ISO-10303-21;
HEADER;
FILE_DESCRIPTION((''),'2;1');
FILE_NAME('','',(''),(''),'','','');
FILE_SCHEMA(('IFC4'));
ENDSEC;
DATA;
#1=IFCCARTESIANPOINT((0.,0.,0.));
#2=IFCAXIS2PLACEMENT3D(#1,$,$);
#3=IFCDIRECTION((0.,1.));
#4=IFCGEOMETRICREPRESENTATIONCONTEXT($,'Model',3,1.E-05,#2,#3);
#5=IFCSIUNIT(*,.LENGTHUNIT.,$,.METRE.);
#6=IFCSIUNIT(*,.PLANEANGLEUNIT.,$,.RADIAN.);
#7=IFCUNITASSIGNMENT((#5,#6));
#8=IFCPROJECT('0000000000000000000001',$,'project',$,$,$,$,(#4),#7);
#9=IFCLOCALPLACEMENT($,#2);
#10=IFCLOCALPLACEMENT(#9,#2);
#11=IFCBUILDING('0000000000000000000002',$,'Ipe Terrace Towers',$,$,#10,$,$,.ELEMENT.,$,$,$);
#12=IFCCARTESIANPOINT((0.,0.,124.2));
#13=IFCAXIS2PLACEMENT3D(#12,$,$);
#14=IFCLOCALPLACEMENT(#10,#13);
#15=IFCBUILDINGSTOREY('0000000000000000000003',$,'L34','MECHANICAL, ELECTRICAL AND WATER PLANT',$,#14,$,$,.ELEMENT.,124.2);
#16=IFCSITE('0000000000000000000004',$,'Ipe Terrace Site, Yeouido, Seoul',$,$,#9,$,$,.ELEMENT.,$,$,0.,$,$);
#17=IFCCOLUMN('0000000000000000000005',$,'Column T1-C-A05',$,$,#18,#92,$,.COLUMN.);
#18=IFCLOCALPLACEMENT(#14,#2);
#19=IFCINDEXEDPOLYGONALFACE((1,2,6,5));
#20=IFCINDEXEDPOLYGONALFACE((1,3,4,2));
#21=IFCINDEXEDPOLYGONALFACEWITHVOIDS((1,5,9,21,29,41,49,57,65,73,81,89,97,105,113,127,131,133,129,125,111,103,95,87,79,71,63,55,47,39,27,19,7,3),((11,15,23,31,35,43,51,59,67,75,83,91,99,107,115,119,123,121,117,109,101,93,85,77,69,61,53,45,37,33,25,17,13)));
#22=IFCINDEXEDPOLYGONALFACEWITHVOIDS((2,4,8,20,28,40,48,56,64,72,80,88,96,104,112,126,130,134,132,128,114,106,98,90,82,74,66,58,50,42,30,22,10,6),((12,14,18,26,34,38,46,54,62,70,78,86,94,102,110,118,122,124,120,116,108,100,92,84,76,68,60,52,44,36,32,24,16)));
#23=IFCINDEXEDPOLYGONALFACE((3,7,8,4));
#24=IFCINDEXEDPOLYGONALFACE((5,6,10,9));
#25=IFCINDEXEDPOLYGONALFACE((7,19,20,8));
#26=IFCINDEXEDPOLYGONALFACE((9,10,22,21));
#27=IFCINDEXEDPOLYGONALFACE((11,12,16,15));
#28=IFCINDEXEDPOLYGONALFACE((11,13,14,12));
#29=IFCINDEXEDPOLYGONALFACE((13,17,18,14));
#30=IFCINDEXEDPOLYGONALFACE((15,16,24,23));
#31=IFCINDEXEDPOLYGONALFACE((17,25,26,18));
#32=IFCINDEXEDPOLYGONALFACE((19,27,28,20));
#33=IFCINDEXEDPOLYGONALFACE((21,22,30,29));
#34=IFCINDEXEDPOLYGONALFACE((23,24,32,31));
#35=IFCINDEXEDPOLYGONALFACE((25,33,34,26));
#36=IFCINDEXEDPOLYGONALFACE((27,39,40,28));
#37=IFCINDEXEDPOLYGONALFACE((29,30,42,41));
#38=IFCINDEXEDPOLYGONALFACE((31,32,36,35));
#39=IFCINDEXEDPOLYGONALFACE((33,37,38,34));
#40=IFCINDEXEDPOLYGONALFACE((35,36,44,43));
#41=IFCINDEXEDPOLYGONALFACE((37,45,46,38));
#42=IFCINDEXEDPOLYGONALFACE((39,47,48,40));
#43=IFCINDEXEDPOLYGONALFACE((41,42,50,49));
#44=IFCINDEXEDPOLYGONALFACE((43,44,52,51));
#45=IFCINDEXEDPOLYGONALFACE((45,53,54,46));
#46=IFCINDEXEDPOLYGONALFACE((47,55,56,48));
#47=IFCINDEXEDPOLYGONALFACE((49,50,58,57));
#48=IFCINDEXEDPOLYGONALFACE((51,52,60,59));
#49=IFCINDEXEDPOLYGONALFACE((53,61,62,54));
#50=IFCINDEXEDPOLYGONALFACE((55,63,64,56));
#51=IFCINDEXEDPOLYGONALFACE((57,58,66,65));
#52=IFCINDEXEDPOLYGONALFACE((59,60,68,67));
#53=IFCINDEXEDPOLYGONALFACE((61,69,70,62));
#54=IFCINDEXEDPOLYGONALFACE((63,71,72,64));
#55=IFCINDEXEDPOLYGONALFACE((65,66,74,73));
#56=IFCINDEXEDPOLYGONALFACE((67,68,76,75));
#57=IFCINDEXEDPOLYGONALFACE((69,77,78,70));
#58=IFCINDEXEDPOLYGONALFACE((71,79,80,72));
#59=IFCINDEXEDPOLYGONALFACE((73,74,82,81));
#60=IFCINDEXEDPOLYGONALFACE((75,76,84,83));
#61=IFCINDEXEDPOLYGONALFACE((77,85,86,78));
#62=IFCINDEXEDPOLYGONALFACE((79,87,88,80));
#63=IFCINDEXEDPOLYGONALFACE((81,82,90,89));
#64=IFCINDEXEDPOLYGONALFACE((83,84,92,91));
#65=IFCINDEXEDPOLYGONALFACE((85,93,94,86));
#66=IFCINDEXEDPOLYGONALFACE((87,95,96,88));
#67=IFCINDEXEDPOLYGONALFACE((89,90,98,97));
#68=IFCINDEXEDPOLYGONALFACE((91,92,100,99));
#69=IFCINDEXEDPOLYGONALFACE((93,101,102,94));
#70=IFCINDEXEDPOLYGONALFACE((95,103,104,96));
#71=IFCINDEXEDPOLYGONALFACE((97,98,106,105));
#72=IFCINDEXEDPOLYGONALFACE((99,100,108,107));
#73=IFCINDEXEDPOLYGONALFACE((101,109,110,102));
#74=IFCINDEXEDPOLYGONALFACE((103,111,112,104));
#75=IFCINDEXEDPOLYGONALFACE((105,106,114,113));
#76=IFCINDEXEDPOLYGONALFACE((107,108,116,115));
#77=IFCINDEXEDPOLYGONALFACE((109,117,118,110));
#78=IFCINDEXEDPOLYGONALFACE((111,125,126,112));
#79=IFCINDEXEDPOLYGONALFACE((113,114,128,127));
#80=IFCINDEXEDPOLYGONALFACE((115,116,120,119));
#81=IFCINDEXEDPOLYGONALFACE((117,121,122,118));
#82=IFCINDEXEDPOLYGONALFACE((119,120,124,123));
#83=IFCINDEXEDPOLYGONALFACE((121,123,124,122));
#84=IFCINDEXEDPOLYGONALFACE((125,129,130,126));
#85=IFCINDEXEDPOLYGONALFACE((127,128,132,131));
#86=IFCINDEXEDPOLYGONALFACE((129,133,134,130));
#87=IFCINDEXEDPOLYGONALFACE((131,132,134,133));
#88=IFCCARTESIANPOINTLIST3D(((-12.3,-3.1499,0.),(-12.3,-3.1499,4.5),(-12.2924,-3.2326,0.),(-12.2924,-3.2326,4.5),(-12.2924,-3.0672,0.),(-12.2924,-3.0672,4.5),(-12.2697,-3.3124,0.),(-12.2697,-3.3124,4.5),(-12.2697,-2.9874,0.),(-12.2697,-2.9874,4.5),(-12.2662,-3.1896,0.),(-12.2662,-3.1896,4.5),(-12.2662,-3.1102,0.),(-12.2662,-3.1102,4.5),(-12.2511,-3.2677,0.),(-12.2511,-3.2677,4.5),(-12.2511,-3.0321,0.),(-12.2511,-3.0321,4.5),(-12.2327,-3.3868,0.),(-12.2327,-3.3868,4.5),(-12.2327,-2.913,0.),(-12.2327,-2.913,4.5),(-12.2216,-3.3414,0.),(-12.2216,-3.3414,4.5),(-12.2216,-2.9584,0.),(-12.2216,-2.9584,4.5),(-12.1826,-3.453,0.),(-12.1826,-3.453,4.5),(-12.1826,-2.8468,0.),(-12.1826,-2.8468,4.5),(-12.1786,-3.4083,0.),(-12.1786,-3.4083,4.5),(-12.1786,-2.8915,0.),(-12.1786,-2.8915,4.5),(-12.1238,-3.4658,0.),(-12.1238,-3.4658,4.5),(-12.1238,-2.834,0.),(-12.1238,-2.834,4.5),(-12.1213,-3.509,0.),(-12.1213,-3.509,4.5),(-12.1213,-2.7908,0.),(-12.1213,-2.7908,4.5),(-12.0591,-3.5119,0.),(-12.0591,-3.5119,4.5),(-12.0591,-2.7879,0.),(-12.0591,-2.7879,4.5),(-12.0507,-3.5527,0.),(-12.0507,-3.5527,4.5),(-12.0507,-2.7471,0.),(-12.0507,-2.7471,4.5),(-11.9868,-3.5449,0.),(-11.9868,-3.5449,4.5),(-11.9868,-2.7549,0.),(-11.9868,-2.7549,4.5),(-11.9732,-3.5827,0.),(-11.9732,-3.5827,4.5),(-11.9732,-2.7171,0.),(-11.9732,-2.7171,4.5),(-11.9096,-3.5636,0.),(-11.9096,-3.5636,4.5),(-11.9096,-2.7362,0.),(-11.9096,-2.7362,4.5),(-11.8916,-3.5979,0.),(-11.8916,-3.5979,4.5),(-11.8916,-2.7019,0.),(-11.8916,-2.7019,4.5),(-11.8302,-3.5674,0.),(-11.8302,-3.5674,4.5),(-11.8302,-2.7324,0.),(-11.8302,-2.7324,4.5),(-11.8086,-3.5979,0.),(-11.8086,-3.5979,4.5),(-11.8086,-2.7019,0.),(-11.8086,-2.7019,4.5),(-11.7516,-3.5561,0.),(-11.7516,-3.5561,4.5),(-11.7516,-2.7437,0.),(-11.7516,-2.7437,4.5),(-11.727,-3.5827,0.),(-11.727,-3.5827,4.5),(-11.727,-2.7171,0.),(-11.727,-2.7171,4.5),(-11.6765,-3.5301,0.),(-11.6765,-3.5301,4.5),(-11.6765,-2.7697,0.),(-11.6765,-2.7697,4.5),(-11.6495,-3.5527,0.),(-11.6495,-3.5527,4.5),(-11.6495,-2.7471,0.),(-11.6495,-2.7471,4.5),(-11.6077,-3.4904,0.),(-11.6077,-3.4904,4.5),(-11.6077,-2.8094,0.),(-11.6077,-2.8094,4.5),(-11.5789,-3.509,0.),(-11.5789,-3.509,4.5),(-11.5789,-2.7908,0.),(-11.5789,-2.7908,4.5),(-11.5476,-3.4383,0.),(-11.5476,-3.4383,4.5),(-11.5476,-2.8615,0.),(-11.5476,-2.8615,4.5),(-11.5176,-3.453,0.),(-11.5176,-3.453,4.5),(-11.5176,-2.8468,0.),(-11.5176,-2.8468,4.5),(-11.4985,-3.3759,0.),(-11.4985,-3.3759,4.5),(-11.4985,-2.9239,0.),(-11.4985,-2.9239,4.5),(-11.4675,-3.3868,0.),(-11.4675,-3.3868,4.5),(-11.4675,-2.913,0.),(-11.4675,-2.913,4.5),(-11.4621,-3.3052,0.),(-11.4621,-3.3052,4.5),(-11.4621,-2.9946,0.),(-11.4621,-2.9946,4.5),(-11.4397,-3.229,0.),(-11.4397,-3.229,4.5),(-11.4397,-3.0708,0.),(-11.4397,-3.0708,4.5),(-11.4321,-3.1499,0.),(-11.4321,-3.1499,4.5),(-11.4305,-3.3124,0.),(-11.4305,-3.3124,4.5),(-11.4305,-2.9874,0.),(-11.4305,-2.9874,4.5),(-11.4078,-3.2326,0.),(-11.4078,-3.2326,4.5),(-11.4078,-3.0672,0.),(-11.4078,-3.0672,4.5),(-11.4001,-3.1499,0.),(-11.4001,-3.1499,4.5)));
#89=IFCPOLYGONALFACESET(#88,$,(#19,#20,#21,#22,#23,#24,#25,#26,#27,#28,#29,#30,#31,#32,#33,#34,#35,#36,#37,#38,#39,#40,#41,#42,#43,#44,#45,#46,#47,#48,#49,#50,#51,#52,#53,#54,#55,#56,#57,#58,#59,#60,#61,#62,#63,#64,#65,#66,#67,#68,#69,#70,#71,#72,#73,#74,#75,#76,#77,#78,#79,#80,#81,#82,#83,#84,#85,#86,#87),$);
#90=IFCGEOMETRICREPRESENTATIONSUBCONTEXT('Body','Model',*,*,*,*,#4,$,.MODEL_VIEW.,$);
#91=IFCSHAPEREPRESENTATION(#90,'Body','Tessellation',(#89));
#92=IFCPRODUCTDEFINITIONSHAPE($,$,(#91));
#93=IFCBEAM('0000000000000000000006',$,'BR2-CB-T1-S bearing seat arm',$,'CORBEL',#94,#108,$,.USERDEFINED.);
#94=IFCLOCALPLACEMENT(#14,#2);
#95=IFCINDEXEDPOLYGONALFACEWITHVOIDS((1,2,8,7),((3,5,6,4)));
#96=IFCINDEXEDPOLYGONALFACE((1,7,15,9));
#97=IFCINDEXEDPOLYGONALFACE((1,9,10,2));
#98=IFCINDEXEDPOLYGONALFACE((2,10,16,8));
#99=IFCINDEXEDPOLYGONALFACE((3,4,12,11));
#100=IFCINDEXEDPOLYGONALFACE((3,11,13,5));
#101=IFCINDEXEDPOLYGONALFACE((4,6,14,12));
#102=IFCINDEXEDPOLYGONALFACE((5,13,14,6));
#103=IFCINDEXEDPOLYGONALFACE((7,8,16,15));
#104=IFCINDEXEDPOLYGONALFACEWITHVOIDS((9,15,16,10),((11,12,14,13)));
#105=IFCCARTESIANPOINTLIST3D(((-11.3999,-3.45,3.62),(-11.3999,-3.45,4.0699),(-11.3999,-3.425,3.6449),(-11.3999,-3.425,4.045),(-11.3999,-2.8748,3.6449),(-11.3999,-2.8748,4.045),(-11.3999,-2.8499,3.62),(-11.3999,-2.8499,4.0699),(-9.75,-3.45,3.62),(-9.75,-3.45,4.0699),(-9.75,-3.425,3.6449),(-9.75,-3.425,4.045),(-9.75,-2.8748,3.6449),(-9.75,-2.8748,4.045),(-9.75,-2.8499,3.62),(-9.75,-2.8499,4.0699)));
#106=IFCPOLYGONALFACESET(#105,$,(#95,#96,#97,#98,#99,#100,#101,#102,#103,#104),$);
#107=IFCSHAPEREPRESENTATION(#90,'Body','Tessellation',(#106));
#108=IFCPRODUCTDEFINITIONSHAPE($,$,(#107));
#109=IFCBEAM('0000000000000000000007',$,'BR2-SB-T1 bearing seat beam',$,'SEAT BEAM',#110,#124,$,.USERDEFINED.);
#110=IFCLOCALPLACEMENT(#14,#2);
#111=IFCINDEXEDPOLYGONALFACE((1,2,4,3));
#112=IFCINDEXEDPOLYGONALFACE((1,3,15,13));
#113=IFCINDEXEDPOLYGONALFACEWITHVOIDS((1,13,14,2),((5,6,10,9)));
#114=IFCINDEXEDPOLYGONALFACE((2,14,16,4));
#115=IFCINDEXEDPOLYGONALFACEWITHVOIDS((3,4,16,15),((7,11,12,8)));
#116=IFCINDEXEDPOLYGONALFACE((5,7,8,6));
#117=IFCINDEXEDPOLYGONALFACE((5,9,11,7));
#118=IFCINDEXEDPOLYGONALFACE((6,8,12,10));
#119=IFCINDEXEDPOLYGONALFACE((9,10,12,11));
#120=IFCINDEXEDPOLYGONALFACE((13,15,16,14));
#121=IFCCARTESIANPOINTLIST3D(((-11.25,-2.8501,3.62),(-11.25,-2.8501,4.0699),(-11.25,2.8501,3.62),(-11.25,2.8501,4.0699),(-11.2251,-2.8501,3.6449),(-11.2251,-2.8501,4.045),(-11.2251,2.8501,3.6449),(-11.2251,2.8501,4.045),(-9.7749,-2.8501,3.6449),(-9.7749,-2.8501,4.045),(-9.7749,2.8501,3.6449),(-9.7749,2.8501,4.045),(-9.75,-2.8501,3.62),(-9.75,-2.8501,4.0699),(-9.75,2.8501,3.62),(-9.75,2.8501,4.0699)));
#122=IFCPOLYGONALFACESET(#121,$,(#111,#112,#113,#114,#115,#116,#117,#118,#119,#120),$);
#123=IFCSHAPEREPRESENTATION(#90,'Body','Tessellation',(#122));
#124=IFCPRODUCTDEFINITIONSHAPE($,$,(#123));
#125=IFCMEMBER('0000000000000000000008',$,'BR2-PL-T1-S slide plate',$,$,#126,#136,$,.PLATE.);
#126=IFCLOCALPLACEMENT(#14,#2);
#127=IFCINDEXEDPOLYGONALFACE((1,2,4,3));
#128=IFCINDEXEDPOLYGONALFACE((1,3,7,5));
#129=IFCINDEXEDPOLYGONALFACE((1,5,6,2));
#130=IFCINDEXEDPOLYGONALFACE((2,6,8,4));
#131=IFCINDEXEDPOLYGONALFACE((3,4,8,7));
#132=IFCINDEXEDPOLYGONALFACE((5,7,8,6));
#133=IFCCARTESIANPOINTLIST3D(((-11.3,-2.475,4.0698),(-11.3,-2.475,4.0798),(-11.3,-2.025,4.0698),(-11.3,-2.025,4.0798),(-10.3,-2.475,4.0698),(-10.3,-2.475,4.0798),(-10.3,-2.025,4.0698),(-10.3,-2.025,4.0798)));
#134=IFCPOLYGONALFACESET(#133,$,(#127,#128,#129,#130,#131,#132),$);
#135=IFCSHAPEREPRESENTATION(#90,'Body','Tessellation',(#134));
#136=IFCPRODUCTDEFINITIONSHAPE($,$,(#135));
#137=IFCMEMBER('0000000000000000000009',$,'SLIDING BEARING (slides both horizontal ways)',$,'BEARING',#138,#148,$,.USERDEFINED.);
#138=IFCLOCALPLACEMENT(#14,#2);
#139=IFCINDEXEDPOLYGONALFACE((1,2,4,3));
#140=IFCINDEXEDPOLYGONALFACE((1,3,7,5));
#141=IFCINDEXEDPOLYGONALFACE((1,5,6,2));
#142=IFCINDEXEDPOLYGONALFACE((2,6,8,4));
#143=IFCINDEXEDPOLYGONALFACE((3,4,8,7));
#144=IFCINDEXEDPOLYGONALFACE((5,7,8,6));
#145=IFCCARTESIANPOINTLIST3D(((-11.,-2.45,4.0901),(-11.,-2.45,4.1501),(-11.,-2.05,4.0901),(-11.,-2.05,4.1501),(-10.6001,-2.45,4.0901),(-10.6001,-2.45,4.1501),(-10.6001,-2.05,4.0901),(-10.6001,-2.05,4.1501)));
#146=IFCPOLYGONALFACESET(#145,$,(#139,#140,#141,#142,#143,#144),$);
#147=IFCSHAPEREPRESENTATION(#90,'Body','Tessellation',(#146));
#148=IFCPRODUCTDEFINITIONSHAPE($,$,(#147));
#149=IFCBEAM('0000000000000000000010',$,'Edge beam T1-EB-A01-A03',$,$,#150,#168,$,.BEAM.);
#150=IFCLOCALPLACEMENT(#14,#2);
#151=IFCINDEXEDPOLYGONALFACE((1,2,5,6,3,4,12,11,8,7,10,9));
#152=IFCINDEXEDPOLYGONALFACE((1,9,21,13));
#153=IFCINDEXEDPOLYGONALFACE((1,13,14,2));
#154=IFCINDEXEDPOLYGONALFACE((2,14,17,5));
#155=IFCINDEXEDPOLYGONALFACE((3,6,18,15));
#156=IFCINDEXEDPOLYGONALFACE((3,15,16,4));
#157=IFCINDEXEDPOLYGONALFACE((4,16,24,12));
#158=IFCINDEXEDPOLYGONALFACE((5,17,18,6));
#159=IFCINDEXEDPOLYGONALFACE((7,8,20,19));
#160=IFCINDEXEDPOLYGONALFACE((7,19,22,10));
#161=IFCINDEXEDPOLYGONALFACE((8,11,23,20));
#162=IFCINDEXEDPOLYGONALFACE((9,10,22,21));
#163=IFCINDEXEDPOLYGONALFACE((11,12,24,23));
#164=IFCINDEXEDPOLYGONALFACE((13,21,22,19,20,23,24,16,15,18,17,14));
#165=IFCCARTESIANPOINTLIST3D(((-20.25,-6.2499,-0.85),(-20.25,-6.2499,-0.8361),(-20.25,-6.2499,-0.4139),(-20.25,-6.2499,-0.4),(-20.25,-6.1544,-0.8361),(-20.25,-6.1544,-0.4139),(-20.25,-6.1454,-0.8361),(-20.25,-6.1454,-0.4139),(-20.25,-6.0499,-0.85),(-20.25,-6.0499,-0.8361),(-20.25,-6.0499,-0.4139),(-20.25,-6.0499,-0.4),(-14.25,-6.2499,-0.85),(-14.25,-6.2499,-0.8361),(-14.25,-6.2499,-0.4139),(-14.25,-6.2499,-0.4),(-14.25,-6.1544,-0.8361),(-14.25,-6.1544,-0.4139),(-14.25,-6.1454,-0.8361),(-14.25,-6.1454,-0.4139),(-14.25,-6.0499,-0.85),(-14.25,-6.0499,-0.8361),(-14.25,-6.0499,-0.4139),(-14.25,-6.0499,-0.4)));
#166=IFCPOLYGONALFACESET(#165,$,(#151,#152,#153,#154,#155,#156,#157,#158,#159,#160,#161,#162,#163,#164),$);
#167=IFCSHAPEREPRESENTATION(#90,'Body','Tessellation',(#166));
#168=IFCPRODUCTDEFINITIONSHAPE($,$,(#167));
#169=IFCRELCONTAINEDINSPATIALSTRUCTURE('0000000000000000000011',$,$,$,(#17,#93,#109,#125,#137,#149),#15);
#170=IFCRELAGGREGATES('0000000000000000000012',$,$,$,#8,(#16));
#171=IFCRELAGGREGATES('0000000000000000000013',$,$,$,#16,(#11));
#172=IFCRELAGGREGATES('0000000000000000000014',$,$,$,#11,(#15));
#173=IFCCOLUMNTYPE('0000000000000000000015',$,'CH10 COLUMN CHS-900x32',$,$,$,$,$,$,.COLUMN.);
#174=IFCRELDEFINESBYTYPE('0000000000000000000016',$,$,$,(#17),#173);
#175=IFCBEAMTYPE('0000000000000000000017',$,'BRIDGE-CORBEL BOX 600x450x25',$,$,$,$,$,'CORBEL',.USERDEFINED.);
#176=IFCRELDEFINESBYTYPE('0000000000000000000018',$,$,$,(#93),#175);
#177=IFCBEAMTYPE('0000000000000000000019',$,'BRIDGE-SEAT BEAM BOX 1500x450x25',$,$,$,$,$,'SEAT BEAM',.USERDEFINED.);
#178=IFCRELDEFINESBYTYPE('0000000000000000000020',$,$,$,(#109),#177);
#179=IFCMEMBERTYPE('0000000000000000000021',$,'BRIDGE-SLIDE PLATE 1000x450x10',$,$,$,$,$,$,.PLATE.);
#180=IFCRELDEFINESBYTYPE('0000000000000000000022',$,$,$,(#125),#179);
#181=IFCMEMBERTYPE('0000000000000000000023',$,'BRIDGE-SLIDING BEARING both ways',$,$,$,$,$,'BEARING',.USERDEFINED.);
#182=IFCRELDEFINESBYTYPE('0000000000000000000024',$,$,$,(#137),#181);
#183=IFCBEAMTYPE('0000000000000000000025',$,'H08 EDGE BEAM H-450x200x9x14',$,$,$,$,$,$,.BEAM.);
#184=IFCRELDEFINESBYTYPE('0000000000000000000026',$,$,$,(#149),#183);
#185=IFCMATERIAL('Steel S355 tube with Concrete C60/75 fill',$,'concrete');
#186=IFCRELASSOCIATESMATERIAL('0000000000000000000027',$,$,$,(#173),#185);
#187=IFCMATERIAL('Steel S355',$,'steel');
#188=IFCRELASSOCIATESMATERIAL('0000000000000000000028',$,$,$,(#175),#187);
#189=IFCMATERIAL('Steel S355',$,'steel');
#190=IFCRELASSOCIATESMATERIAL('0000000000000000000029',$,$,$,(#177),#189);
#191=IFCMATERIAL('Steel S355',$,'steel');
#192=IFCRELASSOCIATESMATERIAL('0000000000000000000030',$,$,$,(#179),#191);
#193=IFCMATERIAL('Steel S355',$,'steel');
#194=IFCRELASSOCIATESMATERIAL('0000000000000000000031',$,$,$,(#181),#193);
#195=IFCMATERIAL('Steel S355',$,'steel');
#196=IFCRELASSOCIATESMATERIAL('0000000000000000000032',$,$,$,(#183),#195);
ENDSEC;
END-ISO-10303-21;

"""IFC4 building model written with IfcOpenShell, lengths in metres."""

from ifc_helpers import new_model, si_unit, direction, frame, origin, origin_2d, place, context, subcontext, project, spatial, rectangle, hollow_rectangle, hollow_circle, i_section, extrude, material, material_profile, profile_set, type_object, element, save


model = new_model("IFC4")

# Units and contexts
model_context = context("Model", 3, precision=1e-05, world=origin(), true_north=direction((0.0, 1.0)))
body_context = subcontext(model_context, "Body", "Model", "MODEL_VIEW")
ifc_project = project(units=[si_unit("LENGTHUNIT", "METRE"), si_unit("PLANEANGLEUNIT", "RADIAN")], contexts=[model_context])

# Site, building, storey
site_placement = place(None, origin())
site = spatial("IfcSite", under=ifc_project, at=site_placement, Name="Ipe Terrace Site, Yeouido, Seoul", CompositionType="ELEMENT", RefElevation=0.0)
building_placement = place(site_placement, origin())
building = spatial("IfcBuilding", under=site, at=building_placement, Name="Ipe Terrace Towers", CompositionType="ELEMENT")
storey_placement = place(building_placement, frame((0.0, 0.0, 124.2)))
storey = spatial("IfcBuildingStorey", under=building, at=storey_placement, Name="L34", Description="MECHANICAL, ELECTRICAL AND WATER PLANT", CompositionType="ELEMENT", Elevation=124.2)

# Column
ifc_material_1 = material(Name="Steel S355 tube with Concrete C60/75 fill", Category="concrete")
ifc_material_profile_1 = material_profile(ifc_material_1, hollow_circle(Radius=0.45, WallThickness=0.032, at=origin_2d()), Name="CHS-900x32")
ifc_profile_set_1 = profile_set([ifc_material_profile_1], Name="Steel S355 tube with Concrete C60/75 fill")
column_type = type_object("IfcColumnType", Name="CH10 COLUMN CHS-900x32", PredefinedType="COLUMN", material=ifc_profile_set_1)
for number, where, z_axis, x_axis, name in (
    (1, (-11.8501, -3.1499, 0.0), (0.0, 0.0, 1.0), (1.0, 0.0, 0.0), "Column T1-C-A05"),
):
    element("IfcColumn", number, at=place(storey_placement, frame(where, z_axis=z_axis, x_axis=x_axis)), inside=storey, type_object=column_type, Name=name, PredefinedType="COLUMN", context=body_context, shape_type="SweptSolid", body=[
        extrude(hollow_circle(Radius=0.45, WallThickness=0.032, at=origin_2d()), origin(), (0.0, 0.0, 1.0), 4.5),
    ])

# Beams
ifc_material_2 = material(Name="Steel S355", Category="steel")
ifc_material_profile_2 = material_profile(ifc_material_2, hollow_rectangle(XDim=0.6001, YDim=0.45, WallThickness=0.0249, at=origin_2d()), Name="BRIDGE-CORBEL BOX 600x450x25")
ifc_profile_set_2 = profile_set([ifc_material_profile_2], Name="Steel S355")
beam_type_1 = type_object("IfcBeamType", Name="BRIDGE-CORBEL BOX 600x450x25", ElementType="CORBEL", PredefinedType="USERDEFINED", material=ifc_profile_set_2)
beam_1_placement = place(storey_placement, frame((-11.3999, -3.1499, 3.845), z_axis=(1.0, 0.0, 0.0), x_axis=(0.0, 1.0, 0.0)))
element("IfcBeam", 2, at=beam_1_placement, inside=storey, type_object=beam_type_1, Name="BR2-CB-T1-S bearing seat arm", ObjectType="CORBEL", PredefinedType="USERDEFINED", context=body_context, shape_type="SweptSolid", body=[
    extrude(hollow_rectangle(XDim=0.6001, YDim=0.45, WallThickness=0.0249, at=origin_2d()), origin(), (0.0, 0.0, 1.0), 1.6499),
])
ifc_material_3 = material(Name="Steel S355", Category="steel")
ifc_material_profile_3 = material_profile(ifc_material_3, hollow_rectangle(XDim=1.5, YDim=0.45, WallThickness=0.0249, at=origin_2d()), Name="BRIDGE-SEAT BEAM BOX 1500x450x25")
ifc_profile_set_3 = profile_set([ifc_material_profile_3], Name="Steel S355")
beam_type_2 = type_object("IfcBeamType", Name="BRIDGE-SEAT BEAM BOX 1500x450x25", ElementType="SEAT BEAM", PredefinedType="USERDEFINED", material=ifc_profile_set_3)
beam_2_placement = place(storey_placement, frame((-10.5, -2.8501, 3.845), z_axis=(0.0, 1.0, 0.0), x_axis=(-1.0, 0.0, 0.0)))
element("IfcBeam", 3, at=beam_2_placement, inside=storey, type_object=beam_type_2, Name="BR2-SB-T1 bearing seat beam", ObjectType="SEAT BEAM", PredefinedType="USERDEFINED", context=body_context, shape_type="SweptSolid", body=[
    extrude(hollow_rectangle(XDim=1.5, YDim=0.45, WallThickness=0.0249, at=origin_2d()), origin(), (0.0, 0.0, 1.0), 5.7002),
])

# Members
ifc_material_4 = material(Name="Steel S355", Category="steel")
member_type_1 = type_object("IfcMemberType", Name="BRIDGE-SLIDE PLATE 1000x450x10", PredefinedType="PLATE", material=ifc_material_4)
member_1_placement = place(storey_placement, frame((-10.8, -2.25, 4.0698), z_axis=(0.0, 0.0, 1.0), x_axis=(1.0, 0.0, 0.0)))
element("IfcMember", 4, at=member_1_placement, inside=storey, type_object=member_type_1, Name="BR2-PL-T1-S slide plate", PredefinedType="PLATE", context=body_context, shape_type="SweptSolid", body=[
    extrude(rectangle(XDim=1.0, YDim=0.45, at=origin_2d()), origin(), (0.0, 0.0, 1.0), 0.01),
])
ifc_material_5 = material(Name="Steel S355", Category="steel")
member_type_2 = type_object("IfcMemberType", Name="BRIDGE-SLIDING BEARING both ways", ElementType="BEARING", PredefinedType="USERDEFINED", material=ifc_material_5)
member_2_placement = place(storey_placement, frame((-10.8, -2.25, 4.0901), z_axis=(0.0, 0.0, 1.0), x_axis=(1.0, 0.0, 0.0)))
element("IfcMember", 5, at=member_2_placement, inside=storey, type_object=member_type_2, Name="SLIDING BEARING (slides both horizontal ways)", ObjectType="BEARING", PredefinedType="USERDEFINED", context=body_context, shape_type="SweptSolid", body=[
    extrude(rectangle(XDim=0.3999, YDim=0.3999, at=origin_2d()), origin(), (0.0, 0.0, 1.0), 0.0601),
])

# Beam
ifc_material_6 = material(Name="Steel S355", Category="steel")
ifc_material_profile_4 = material_profile(ifc_material_6, i_section(OverallWidth=0.2, OverallDepth=0.45, WebThickness=0.009, FlangeThickness=0.0139, at=origin_2d()), Name="H-450x200x9x14")
ifc_profile_set_4 = profile_set([ifc_material_profile_4], Name="Steel S355")
beam_type_3 = type_object("IfcBeamType", Name="H08 EDGE BEAM H-450x200x9x14", PredefinedType="BEAM", material=ifc_profile_set_4)
beam_3_placement = place(storey_placement, frame((-20.25, -6.1499, -0.625), z_axis=(1.0, 0.0, 0.0), x_axis=(0.0, 1.0, 0.0)))
element("IfcBeam", 6, at=beam_3_placement, inside=storey, type_object=beam_type_3, Name="Edge beam T1-EB-A01-A03", PredefinedType="BEAM", context=body_context, shape_type="SweptSolid", body=[
    extrude(i_section(OverallWidth=0.2, OverallDepth=0.45, WebThickness=0.009, FlangeThickness=0.0139, at=origin_2d()), origin(), (0.0, 0.0, 1.0), 6.0),
])

save(model, "model.ifc")
